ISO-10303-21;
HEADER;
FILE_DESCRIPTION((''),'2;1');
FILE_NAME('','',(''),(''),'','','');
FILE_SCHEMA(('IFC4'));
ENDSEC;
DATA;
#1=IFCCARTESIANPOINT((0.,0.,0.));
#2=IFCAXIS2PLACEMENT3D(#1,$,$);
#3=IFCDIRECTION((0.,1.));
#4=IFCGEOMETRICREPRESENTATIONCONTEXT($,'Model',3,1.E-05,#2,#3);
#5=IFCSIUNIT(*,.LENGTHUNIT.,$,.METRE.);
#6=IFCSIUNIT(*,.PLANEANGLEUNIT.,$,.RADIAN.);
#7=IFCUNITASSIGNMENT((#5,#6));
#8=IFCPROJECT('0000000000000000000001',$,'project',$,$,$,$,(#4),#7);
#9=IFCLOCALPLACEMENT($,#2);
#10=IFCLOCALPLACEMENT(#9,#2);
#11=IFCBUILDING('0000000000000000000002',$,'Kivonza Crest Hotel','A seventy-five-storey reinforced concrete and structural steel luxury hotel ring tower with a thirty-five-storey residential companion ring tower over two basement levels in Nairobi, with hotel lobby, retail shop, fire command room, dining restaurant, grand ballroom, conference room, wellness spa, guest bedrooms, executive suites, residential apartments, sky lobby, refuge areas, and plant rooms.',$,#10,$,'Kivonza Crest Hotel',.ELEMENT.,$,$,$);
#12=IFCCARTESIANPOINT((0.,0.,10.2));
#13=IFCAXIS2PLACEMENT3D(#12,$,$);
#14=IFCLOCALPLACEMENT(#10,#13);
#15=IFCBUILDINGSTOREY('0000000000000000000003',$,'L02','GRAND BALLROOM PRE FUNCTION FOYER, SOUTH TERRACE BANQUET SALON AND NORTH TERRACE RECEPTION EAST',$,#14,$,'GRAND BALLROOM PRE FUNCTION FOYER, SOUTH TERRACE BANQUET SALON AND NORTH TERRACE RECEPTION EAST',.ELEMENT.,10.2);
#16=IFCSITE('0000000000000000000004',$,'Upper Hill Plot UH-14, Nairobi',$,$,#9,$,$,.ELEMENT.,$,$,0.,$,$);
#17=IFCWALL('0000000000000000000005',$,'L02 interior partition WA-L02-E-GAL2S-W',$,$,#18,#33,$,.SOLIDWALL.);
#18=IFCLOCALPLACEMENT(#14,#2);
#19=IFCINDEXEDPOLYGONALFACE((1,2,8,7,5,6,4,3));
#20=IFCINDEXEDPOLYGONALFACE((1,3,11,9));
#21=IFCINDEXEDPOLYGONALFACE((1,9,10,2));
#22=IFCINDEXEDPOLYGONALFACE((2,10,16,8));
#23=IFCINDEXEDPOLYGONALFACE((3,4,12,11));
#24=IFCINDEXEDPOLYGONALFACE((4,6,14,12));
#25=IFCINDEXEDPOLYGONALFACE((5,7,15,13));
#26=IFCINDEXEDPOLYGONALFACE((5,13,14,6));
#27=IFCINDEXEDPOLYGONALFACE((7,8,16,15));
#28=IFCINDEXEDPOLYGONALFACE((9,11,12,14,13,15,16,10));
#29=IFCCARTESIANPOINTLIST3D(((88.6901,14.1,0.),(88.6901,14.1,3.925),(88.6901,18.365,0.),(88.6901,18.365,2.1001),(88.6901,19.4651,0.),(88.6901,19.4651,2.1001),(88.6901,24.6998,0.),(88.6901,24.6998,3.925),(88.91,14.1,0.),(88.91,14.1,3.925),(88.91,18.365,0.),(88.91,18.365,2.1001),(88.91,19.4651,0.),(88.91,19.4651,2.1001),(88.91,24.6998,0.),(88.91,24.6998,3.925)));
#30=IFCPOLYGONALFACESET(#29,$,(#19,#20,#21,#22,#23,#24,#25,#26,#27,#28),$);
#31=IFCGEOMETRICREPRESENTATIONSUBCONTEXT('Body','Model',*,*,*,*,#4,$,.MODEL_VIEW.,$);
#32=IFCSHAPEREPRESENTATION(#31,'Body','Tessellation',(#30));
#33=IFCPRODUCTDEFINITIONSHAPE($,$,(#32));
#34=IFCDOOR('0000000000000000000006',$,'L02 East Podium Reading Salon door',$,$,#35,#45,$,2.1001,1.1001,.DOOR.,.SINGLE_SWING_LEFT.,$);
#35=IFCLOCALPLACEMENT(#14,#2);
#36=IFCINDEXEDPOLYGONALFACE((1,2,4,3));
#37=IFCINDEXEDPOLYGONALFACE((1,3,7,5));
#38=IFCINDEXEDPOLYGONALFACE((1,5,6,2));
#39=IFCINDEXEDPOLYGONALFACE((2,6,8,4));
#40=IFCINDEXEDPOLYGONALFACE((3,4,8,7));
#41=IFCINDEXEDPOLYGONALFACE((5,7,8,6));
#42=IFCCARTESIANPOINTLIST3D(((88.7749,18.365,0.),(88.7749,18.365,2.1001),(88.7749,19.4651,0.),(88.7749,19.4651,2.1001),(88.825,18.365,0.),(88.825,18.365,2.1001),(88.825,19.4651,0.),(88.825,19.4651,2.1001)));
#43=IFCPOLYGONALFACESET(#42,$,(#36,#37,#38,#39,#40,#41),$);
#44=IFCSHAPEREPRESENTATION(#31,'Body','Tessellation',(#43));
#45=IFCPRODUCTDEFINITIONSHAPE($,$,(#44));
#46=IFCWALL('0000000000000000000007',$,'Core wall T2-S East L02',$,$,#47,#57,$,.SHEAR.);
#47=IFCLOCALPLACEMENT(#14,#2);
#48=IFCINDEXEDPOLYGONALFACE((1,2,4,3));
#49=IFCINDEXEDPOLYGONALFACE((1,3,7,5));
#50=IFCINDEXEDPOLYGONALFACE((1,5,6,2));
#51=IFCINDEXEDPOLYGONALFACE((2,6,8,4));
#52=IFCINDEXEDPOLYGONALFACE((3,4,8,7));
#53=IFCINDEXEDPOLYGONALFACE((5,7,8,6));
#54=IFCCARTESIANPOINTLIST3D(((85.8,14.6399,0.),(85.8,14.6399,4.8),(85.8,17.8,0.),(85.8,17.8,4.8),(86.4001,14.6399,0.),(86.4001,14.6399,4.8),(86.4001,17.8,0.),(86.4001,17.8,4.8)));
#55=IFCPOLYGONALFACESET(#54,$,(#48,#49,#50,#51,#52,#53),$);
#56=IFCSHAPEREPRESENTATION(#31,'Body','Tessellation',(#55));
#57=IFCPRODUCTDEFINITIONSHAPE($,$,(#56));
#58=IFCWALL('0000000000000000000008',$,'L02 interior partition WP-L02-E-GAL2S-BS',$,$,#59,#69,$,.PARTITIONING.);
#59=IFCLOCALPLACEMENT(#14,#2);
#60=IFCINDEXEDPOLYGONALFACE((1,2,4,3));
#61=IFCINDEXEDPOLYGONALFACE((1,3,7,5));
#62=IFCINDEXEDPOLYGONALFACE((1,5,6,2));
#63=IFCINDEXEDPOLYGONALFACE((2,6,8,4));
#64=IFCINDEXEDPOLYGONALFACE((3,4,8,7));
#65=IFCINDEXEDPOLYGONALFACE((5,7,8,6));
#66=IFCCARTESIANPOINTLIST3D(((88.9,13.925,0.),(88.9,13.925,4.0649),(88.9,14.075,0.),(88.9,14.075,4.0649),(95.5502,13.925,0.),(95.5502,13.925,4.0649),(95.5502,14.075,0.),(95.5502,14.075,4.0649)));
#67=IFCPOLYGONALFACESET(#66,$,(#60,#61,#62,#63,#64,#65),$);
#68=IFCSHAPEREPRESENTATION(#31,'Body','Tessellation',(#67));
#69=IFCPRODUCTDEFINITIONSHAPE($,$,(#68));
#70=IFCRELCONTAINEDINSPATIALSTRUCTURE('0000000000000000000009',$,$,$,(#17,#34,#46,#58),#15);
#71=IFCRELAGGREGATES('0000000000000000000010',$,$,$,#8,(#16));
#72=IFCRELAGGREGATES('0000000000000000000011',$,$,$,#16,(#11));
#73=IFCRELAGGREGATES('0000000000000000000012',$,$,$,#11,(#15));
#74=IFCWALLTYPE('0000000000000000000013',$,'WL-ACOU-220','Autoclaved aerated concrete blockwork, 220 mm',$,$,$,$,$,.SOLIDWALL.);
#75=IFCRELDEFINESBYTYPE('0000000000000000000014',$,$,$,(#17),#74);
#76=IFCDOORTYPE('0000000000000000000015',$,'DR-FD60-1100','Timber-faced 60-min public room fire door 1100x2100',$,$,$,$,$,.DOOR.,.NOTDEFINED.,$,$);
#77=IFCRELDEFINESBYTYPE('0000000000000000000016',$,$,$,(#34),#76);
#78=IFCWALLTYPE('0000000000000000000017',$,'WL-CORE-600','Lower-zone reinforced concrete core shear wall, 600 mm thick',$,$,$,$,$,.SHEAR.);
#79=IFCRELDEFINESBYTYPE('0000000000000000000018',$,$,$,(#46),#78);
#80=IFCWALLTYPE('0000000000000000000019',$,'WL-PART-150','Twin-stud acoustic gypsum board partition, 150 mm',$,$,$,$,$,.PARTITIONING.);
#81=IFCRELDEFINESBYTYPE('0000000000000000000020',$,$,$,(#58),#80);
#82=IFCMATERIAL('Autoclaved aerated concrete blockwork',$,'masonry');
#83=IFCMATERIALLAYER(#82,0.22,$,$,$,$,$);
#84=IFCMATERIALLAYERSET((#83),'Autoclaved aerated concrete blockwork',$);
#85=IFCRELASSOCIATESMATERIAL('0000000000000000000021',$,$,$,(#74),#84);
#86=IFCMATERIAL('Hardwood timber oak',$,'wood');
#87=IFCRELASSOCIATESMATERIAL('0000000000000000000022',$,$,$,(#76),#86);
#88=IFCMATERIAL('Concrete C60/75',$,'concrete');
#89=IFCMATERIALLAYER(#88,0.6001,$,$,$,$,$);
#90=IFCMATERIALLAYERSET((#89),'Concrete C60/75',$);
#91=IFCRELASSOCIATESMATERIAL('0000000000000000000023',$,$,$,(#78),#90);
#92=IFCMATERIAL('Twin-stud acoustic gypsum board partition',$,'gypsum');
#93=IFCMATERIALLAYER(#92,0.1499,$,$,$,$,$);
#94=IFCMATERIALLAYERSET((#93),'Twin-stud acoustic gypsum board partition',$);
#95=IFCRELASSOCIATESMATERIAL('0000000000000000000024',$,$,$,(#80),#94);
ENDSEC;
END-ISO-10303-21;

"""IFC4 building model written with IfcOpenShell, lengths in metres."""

from ifc_helpers import new_model, si_unit, direction, frame, frame_2d, origin, place, context, subcontext, project, spatial, rectangle, extrude, material, layer, layer_set, type_object, element, fill, save


model = new_model("IFC4")

# Units and contexts
model_context = context("Model", 3, precision=1e-05, world=origin(), true_north=direction((0.0, 1.0)))
body_context = subcontext(model_context, "Body", "Model", "MODEL_VIEW")
ifc_project = project(units=[si_unit("LENGTHUNIT", "METRE"), si_unit("PLANEANGLEUNIT", "RADIAN")], contexts=[model_context])

# Site, building, storey
site_placement = place(None, origin())
site = spatial("IfcSite", under=ifc_project, at=site_placement, Name="Upper Hill Plot UH-14, Nairobi", CompositionType="ELEMENT", RefElevation=0.0)
building_placement = place(site_placement, origin())
building = spatial("IfcBuilding", under=site, at=building_placement, Name="Kivonza Crest Hotel", Description="A seventy-five-storey reinforced concrete and structural steel luxury hotel ring tower with a thirty-five-storey residential companion ring tower over two basement levels in Nairobi, with hotel lobby, retail shop, fire command room, dining restaurant, grand ballroom, conference room, wellness spa, guest bedrooms, executive suites, residential apartments, sky lobby, refuge areas, and plant rooms.", LongName="Kivonza Crest Hotel", CompositionType="ELEMENT")
storey_placement = place(building_placement, frame((0.0, 0.0, 10.2)))
storey = spatial("IfcBuildingStorey", under=building, at=storey_placement, Name="L02", Description="GRAND BALLROOM PRE FUNCTION FOYER, SOUTH TERRACE BANQUET SALON AND NORTH TERRACE RECEPTION EAST", LongName="GRAND BALLROOM PRE FUNCTION FOYER, SOUTH TERRACE BANQUET SALON AND NORTH TERRACE RECEPTION EAST", CompositionType="ELEMENT", Elevation=10.2)

# Shared definitions
ifc_material_1 = material(Name="Concrete C60/75", Category="concrete")

# Wall, opening, door
ifc_material_2 = material(Name="Autoclaved aerated concrete blockwork", Category="masonry")
ifc_layer_1 = layer(ifc_material_2, 0.22)
ifc_layer_set_1 = layer_set([ifc_layer_1], Name="Autoclaved aerated concrete blockwork")
wall_type_1 = type_object("IfcWallType", Name="WL-ACOU-220", Description="Autoclaved aerated concrete blockwork, 220 mm", PredefinedType="SOLIDWALL", material=ifc_layer_set_1)
ifc_material_3 = material(Name="Hardwood timber oak", Category="wood")
door_type = type_object("IfcDoorType", Name="DR-FD60-1100", Description="Timber-faced 60-min public room fire door 1100x2100", OperationType="NOTDEFINED", PredefinedType="DOOR", material=ifc_material_3)
wall_1_placement = place(storey_placement, frame((88.8, 14.1001, 0.0), z_axis=(0.0, 0.0, 1.0), x_axis=(0.0, 1.0, 0.0)))
wall_1 = element("IfcWall", 1, at=wall_1_placement, inside=storey, type_object=wall_type_1, Name="L02 interior partition WA-L02-E-GAL2S-W", PredefinedType="SOLIDWALL", context=body_context, shape_type="SweptSolid", body=[
    extrude(rectangle(XDim=10.5999, YDim=0.22, at=frame_2d((5.2998, 0.0))), origin(), (0.0, 0.0, 1.0), 3.925),
])
opening_1_placement = place(wall_1_placement, frame((4.2649, 0.0, 0.0)))
opening_1 = element("IfcOpeningElement", 2, at=opening_1_placement, cuts=wall_1, PredefinedType="OPENING", context=body_context, shape_type="SweptSolid", body=[
    extrude(rectangle(XDim=1.1001, YDim=2.1001, at=frame_2d((0.55, 1.05))), frame((0.0, 0.1201, 0.0), z_axis=(0.0, -1.0, 0.0), x_axis=(1.0, 0.0, 0.0)), (0.0, 0.0, 1.0), 0.24),
])
door_1_placement = place(opening_1_placement, frame((1.1001, 0.0, 0.0), z_axis=(0.0, 0.0, 1.0), x_axis=(-1.0, 0.0, 0.0)))
door_1 = element("IfcDoor", 3, at=door_1_placement, inside=storey, type_object=door_type, Name="L02 East Podium Reading Salon door", OperationType="SINGLE_SWING_LEFT", OverallHeight=2.1001, OverallWidth=1.1001, PredefinedType="DOOR", context=body_context, shape_type="SweptSolid", body=[
    extrude(rectangle(XDim=1.1001, YDim=2.1001, at=frame_2d((0.55, 1.05))), frame((0.0, 0.0249, 0.0), z_axis=(0.0, -1.0, 0.0), x_axis=(1.0, 0.0, 0.0)), (0.0, 0.0, 1.0), 0.05),
])
fill(opening_1, door_1)

# Walls
ifc_layer_2 = layer(ifc_material_1, 0.6001)
ifc_layer_set_2 = layer_set([ifc_layer_2], Name="Concrete C60/75")
wall_type_2 = type_object("IfcWallType", Name="WL-CORE-600", Description="Lower-zone reinforced concrete core shear wall, 600 mm thick", PredefinedType="SHEAR", material=ifc_layer_set_2)
wall_2_placement = place(storey_placement, frame((86.1001, 14.6399, 0.0), z_axis=(0.0, 0.0, 1.0), x_axis=(0.0, 1.0, 0.0)))
element("IfcWall", 4, at=wall_2_placement, inside=storey, type_object=wall_type_2, Name="Core wall T2-S East L02", PredefinedType="SHEAR", context=body_context, shape_type="SweptSolid", body=[
    extrude(rectangle(XDim=3.1602, YDim=0.6001, at=frame_2d((1.5801, 0.0))), origin(), (0.0, 0.0, 1.0), 4.8),
])
ifc_material_4 = material(Name="Twin-stud acoustic gypsum board partition", Category="gypsum")
ifc_layer_3 = layer(ifc_material_4, 0.1499)
ifc_layer_set_3 = layer_set([ifc_layer_3], Name="Twin-stud acoustic gypsum board partition")
wall_type_3 = type_object("IfcWallType", Name="WL-PART-150", Description="Twin-stud acoustic gypsum board partition, 150 mm", PredefinedType="PARTITIONING", material=ifc_layer_set_3)
wall_3_placement = place(storey_placement, frame((88.8999, 14.0, 0.0), z_axis=(0.0, 0.0, 1.0), x_axis=(1.0, 0.0, 0.0)))
element("IfcWall", 5, at=wall_3_placement, inside=storey, type_object=wall_type_3, Name="L02 interior partition WP-L02-E-GAL2S-BS", PredefinedType="PARTITIONING", context=body_context, shape_type="SweptSolid", body=[
    extrude(rectangle(XDim=6.6501, YDim=0.1499, at=frame_2d((3.3252, 0.0))), origin(), (0.0, 0.0, 1.0), 4.0649),
])

save(model, "model.ifc")
